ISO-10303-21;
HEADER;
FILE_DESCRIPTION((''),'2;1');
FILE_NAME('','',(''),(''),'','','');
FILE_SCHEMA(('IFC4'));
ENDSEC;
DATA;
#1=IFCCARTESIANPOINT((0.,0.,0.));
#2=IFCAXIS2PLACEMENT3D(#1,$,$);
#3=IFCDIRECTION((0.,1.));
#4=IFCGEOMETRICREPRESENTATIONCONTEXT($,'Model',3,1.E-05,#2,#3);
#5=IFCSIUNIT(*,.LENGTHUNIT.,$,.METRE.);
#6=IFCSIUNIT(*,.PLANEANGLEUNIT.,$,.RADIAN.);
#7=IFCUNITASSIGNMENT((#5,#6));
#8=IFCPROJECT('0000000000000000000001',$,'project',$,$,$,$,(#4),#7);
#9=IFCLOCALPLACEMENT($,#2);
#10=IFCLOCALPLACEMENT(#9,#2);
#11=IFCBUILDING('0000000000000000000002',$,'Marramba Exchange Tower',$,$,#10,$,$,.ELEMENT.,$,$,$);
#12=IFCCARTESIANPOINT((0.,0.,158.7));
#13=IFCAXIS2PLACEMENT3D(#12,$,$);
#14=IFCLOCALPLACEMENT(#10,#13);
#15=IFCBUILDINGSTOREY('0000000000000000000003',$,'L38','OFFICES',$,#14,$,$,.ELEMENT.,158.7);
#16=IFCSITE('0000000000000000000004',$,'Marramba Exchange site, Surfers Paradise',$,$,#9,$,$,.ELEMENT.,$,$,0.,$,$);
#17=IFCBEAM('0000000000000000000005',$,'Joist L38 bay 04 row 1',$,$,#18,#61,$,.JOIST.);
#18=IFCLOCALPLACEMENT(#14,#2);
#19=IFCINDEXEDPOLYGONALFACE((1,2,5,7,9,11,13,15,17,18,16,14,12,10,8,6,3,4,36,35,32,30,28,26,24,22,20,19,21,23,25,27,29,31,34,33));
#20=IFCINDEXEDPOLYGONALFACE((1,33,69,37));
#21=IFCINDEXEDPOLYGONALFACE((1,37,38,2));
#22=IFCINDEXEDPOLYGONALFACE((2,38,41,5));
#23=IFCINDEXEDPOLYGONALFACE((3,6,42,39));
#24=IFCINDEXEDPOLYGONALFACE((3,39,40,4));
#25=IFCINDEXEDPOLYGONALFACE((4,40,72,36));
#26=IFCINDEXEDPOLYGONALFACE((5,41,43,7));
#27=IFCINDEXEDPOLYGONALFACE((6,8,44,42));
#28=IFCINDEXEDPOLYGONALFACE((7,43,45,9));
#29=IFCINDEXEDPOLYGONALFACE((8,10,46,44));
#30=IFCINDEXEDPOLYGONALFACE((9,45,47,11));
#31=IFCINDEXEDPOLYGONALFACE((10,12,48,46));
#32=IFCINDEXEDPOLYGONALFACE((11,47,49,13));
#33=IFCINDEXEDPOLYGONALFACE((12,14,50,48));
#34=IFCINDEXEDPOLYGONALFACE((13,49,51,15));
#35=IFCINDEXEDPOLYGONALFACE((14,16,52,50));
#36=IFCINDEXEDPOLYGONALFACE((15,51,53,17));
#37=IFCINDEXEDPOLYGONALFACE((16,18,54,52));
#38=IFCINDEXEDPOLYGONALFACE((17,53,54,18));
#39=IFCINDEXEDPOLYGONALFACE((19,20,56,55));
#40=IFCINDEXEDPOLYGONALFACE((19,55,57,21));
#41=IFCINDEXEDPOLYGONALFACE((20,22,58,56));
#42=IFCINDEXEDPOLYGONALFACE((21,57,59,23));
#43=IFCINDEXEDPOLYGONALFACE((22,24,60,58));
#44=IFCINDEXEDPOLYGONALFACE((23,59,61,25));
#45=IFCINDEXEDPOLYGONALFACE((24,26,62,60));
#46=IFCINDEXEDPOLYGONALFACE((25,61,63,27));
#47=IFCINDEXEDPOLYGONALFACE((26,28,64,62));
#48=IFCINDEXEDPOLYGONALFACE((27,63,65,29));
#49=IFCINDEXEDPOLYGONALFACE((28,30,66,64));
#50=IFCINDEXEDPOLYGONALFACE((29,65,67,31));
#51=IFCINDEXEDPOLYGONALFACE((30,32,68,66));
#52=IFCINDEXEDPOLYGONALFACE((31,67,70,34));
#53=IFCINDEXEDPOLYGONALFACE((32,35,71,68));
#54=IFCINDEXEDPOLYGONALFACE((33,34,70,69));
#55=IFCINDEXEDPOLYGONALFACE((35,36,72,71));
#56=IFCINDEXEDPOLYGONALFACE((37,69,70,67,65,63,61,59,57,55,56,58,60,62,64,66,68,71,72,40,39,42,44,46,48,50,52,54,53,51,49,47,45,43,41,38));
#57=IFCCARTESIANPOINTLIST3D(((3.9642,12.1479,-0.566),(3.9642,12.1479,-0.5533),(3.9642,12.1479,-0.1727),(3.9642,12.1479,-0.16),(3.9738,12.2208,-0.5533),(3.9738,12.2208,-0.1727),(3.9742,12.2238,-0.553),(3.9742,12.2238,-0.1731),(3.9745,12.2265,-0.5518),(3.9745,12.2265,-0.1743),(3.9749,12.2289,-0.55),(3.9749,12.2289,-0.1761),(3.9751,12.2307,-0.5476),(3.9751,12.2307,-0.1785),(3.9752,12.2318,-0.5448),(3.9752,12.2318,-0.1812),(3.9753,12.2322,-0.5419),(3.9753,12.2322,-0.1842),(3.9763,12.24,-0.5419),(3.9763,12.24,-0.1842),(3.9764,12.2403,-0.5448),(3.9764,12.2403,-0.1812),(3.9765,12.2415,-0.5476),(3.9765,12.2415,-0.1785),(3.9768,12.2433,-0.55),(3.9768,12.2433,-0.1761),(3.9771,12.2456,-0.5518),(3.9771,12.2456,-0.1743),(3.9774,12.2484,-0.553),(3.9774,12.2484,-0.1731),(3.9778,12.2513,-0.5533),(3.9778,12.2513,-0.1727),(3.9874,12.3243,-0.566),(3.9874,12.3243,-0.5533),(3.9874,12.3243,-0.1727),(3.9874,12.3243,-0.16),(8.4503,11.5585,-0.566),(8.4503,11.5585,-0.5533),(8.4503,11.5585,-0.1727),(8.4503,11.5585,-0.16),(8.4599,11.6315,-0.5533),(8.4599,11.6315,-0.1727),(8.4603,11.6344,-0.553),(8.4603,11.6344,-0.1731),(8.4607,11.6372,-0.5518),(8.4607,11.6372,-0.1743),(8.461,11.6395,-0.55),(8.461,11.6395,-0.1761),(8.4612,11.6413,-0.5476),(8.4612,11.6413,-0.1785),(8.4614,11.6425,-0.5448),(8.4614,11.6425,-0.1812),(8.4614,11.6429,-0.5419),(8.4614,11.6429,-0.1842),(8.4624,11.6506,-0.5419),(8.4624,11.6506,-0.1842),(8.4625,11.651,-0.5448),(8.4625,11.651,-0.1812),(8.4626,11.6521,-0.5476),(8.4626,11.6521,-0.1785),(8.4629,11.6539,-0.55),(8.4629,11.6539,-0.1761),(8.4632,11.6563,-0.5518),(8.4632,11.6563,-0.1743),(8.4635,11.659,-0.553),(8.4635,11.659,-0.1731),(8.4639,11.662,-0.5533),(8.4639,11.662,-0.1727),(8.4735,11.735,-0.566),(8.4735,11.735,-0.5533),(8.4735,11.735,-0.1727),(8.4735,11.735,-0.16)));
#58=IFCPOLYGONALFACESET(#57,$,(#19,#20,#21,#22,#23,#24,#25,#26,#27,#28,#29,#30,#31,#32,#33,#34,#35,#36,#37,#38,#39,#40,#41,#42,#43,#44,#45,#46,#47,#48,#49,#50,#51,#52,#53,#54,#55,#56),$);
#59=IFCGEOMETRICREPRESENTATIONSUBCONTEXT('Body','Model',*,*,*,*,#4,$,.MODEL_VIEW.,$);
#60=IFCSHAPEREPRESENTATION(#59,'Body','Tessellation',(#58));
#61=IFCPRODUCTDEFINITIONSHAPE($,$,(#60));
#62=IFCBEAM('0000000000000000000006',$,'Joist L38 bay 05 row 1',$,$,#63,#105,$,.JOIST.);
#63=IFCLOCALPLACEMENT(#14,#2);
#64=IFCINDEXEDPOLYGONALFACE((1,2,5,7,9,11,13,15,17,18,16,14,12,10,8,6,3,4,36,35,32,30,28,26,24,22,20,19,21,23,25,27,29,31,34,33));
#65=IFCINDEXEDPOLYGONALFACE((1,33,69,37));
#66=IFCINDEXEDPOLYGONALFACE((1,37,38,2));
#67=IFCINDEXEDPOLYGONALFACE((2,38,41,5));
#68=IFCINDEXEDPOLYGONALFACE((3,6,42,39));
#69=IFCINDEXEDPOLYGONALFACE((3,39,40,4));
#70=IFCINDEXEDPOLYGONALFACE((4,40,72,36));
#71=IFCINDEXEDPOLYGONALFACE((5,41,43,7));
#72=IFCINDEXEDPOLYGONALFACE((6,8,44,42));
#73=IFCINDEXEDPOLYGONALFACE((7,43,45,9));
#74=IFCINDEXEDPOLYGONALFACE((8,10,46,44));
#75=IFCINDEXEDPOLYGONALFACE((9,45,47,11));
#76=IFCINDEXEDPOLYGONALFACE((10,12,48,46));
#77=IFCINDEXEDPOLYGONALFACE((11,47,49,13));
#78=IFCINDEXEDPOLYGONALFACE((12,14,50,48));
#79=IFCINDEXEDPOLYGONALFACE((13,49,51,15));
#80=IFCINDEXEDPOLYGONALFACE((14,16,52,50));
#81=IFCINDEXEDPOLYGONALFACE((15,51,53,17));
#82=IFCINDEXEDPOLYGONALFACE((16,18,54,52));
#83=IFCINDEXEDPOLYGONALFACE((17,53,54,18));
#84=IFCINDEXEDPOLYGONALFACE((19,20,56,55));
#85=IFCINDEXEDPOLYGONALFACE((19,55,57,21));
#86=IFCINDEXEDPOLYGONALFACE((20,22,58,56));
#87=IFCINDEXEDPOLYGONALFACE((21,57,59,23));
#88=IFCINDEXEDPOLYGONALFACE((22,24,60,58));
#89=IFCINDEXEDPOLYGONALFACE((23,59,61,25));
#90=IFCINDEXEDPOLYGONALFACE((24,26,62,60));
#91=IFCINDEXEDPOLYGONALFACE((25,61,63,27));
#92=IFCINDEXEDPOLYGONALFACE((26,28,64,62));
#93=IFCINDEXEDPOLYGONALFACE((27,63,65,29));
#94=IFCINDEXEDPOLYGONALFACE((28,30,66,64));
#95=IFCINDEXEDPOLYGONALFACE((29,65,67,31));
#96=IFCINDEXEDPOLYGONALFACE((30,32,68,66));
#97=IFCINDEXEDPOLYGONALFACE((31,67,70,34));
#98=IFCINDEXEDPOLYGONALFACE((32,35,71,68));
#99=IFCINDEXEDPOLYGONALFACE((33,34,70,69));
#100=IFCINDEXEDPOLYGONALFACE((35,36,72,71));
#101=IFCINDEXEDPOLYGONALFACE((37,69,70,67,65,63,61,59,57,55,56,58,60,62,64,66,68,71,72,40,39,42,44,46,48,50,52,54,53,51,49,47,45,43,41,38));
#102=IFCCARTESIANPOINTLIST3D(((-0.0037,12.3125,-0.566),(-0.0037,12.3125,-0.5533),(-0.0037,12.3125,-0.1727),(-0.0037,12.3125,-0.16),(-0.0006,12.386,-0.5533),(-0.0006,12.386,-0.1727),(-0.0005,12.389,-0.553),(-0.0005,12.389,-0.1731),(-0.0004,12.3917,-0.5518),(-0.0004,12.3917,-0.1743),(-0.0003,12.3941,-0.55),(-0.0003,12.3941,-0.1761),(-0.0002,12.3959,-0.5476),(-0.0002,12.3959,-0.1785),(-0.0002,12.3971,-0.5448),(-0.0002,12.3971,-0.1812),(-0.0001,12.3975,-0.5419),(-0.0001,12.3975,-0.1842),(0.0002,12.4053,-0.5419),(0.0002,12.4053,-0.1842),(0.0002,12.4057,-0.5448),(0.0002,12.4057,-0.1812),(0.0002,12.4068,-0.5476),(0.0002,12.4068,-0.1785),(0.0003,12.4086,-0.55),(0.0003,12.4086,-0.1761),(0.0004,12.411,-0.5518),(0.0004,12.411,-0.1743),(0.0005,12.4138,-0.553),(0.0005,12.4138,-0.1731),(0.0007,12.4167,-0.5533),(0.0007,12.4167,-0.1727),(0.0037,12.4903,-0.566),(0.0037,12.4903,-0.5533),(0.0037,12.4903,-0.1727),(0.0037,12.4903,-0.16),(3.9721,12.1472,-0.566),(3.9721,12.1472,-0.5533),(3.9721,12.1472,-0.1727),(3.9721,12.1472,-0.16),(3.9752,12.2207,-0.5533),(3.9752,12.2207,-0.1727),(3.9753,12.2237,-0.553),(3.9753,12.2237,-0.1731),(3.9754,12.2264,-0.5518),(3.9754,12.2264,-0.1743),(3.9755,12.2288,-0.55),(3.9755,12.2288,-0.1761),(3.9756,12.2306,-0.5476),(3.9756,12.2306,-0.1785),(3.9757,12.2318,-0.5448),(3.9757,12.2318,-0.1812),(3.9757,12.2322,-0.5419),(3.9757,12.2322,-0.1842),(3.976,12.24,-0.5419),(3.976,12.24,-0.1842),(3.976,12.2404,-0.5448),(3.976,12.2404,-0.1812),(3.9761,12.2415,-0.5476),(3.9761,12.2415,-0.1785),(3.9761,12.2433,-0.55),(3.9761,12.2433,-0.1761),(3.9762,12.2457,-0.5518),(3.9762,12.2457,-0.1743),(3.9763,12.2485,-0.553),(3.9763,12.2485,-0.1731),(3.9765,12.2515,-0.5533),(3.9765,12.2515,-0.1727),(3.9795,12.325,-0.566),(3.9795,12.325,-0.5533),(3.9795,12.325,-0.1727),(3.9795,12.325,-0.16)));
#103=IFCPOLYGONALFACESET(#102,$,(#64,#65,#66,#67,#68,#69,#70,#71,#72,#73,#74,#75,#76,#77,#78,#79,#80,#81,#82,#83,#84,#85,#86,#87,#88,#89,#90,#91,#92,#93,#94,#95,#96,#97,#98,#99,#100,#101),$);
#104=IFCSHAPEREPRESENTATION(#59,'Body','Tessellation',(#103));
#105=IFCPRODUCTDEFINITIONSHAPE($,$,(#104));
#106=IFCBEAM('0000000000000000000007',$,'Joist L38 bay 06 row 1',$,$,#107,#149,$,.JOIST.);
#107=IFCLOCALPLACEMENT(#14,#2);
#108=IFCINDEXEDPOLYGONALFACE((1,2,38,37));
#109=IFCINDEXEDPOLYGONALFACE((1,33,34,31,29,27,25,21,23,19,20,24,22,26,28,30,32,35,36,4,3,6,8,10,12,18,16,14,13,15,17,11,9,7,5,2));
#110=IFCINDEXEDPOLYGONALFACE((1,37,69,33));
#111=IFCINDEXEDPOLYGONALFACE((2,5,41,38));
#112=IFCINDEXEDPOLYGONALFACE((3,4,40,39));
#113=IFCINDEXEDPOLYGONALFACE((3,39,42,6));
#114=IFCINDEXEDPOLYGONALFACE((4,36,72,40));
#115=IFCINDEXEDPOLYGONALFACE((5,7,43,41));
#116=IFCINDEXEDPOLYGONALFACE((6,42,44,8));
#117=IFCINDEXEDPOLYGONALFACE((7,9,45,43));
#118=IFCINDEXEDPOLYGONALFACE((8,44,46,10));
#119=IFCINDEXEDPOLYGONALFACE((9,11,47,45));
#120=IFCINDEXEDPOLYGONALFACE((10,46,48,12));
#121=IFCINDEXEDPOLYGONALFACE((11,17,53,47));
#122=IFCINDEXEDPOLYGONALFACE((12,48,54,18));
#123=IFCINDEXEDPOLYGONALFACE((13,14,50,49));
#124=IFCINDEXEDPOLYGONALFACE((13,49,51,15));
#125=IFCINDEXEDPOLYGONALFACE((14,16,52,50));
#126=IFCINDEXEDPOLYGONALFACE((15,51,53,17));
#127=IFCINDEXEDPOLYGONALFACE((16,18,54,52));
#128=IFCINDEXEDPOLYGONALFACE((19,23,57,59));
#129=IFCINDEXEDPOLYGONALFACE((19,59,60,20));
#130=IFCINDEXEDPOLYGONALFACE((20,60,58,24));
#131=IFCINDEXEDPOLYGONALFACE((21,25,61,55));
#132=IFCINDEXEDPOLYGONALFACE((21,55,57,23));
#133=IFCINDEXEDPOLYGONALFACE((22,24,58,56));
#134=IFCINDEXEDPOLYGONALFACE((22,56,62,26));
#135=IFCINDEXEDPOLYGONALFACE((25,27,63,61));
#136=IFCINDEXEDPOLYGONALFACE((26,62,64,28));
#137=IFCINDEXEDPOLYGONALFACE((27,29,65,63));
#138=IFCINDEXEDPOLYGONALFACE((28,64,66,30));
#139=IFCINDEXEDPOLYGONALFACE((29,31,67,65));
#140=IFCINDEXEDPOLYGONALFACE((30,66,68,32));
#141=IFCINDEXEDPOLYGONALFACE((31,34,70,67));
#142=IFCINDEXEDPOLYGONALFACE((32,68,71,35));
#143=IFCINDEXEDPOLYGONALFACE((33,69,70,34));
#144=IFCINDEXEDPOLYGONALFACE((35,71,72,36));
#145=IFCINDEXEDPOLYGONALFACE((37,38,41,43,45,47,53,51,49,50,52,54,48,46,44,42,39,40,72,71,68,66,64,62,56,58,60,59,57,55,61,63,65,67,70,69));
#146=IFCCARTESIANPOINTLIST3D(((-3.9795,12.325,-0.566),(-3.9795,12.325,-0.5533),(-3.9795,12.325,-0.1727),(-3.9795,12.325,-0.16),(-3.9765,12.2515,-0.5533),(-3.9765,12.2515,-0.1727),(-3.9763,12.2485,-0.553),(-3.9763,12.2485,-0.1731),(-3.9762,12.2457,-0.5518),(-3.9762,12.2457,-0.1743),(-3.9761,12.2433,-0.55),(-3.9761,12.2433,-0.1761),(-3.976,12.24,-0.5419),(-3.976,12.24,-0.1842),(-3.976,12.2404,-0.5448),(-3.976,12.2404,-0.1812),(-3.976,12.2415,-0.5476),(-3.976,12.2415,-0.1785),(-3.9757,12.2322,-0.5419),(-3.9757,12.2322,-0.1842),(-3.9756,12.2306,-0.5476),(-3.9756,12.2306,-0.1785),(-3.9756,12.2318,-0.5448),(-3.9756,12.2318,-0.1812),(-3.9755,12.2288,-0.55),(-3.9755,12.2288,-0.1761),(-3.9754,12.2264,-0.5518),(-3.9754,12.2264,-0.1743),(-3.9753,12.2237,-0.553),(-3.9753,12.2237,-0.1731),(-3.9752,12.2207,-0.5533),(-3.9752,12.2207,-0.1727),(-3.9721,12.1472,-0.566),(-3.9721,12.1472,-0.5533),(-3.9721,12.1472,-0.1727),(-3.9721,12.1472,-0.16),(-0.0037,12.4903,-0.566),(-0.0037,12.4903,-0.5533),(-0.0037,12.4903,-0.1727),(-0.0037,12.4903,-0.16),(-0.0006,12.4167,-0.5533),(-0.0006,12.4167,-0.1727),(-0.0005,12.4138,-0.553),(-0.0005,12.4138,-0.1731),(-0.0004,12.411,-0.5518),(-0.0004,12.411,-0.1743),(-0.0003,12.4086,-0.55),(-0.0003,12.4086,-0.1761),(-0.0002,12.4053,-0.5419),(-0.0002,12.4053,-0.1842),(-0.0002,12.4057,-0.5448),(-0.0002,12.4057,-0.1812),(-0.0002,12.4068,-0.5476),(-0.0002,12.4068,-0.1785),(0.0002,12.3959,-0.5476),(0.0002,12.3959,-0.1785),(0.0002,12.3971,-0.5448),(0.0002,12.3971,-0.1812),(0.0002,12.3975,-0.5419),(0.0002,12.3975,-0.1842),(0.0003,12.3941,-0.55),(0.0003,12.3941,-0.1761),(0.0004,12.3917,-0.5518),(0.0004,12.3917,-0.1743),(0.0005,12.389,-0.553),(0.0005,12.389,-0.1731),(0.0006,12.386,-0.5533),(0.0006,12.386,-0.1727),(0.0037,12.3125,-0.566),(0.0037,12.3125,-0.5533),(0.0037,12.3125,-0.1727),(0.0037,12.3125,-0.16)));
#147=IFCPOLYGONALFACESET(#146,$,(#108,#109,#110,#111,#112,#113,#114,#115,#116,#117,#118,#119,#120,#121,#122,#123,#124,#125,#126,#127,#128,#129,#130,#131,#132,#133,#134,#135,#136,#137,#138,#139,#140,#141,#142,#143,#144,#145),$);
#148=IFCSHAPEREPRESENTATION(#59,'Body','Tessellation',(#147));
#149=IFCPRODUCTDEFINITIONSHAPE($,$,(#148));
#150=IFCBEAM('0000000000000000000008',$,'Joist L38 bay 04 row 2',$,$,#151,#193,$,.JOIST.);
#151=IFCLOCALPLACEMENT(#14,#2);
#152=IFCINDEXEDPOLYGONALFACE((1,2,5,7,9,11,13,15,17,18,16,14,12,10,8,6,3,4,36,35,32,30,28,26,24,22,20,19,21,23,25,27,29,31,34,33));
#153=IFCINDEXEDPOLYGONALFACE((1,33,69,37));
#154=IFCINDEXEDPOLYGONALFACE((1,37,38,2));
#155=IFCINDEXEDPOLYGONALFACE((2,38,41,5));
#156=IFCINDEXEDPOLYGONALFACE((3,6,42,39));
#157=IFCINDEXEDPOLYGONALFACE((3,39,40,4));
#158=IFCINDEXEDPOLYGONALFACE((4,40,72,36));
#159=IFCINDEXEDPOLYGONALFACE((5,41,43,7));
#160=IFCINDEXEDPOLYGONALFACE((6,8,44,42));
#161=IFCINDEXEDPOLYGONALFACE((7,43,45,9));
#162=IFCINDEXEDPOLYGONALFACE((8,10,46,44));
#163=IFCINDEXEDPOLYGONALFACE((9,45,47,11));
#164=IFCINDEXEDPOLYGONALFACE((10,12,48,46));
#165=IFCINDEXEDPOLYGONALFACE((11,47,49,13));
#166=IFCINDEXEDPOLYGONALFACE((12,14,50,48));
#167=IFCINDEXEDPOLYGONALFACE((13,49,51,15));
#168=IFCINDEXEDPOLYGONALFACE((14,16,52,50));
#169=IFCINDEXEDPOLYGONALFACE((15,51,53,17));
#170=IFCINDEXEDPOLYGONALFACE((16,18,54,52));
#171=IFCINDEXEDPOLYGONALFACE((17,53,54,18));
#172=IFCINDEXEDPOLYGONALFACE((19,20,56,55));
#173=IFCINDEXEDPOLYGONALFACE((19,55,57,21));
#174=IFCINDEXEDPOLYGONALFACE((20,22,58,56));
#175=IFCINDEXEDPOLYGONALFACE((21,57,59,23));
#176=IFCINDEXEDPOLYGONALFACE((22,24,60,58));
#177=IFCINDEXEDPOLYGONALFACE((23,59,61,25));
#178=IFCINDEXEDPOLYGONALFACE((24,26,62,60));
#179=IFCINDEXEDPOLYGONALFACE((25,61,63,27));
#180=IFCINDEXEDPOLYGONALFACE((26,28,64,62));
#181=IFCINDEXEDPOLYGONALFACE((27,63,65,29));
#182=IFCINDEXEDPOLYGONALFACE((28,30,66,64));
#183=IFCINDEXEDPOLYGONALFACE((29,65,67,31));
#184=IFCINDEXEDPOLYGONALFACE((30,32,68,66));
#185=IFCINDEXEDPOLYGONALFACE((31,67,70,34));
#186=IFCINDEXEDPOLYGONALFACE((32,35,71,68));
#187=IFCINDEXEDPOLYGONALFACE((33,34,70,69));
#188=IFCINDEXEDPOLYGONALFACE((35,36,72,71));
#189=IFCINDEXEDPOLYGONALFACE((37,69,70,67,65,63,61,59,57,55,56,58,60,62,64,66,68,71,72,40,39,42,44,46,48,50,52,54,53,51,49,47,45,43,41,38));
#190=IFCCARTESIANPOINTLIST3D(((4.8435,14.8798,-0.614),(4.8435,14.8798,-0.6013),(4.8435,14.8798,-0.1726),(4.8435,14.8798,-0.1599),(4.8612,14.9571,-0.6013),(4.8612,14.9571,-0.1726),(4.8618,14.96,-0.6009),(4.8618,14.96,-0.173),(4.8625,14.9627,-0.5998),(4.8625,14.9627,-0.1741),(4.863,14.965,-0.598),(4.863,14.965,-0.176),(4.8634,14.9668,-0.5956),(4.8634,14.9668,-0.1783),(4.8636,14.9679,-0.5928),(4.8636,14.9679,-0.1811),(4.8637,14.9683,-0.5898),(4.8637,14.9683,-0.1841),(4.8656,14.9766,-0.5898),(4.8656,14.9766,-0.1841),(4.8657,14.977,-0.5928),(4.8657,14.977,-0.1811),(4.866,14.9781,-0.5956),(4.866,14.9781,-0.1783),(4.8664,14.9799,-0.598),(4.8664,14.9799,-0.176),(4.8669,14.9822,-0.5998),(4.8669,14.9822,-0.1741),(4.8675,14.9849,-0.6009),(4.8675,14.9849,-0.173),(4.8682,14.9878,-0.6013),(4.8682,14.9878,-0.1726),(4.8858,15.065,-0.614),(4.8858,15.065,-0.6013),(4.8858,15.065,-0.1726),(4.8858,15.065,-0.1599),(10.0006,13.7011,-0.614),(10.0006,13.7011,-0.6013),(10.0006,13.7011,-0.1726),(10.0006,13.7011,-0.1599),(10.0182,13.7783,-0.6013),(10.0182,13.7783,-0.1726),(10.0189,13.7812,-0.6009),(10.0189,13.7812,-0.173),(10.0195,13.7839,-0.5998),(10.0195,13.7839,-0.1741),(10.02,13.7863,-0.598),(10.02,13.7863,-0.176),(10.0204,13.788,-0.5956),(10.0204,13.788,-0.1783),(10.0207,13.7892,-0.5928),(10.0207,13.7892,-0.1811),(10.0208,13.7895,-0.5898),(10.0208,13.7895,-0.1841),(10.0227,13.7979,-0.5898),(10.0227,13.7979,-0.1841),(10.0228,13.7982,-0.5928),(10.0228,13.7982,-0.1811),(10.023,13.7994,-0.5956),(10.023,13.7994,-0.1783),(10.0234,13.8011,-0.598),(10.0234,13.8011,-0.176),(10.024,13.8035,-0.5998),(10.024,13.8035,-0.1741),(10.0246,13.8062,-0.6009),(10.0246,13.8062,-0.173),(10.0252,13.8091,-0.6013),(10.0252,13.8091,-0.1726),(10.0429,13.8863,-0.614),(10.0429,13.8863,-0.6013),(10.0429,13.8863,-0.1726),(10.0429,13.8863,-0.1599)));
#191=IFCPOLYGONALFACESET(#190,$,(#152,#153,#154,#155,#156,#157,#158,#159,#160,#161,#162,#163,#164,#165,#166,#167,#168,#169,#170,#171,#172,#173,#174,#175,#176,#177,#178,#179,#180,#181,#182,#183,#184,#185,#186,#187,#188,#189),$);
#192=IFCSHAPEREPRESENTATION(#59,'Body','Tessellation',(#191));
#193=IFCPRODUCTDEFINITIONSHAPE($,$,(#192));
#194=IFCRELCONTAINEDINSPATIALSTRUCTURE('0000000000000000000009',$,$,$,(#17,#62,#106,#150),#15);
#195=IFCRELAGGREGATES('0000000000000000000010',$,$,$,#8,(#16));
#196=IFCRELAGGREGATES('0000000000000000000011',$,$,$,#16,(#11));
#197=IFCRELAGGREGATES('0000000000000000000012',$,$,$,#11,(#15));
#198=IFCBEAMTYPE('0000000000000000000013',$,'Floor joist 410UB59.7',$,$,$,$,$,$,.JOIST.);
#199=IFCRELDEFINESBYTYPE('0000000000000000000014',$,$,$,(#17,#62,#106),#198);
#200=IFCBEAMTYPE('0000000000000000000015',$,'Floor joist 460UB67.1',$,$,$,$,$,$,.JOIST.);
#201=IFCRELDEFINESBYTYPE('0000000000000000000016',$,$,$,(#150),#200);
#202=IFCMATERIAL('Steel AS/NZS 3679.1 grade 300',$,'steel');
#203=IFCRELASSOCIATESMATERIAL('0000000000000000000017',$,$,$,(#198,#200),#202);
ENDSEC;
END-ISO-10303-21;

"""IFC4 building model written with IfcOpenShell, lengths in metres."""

from ifc_helpers import new_model, si_unit, direction, frame, origin, origin_2d, place, context, subcontext, project, spatial, i_section, extrude, material, material_profile, profile_set, type_object, element, save


model = new_model("IFC4")

# Units and contexts
model_context = context("Model", 3, precision=1e-05, world=origin(), true_north=direction((0.0, 1.0)))
body_context = subcontext(model_context, "Body", "Model", "MODEL_VIEW")
ifc_project = project(units=[si_unit("LENGTHUNIT", "METRE"), si_unit("PLANEANGLEUNIT", "RADIAN")], contexts=[model_context])

# Site, building, storey
site_placement = place(None, origin())
site = spatial("IfcSite", under=ifc_project, at=site_placement, Name="Marramba Exchange site, Surfers Paradise", CompositionType="ELEMENT", RefElevation=0.0)
building_placement = place(site_placement, origin())
building = spatial("IfcBuilding", under=site, at=building_placement, Name="Marramba Exchange Tower", CompositionType="ELEMENT")
storey_placement = place(building_placement, frame((0.0, 0.0, 158.7)))
storey = spatial("IfcBuildingStorey", under=building, at=storey_placement, Name="L38", Description="OFFICES", CompositionType="ELEMENT", Elevation=158.7)

# Beams
ifc_material_1 = material(Name="Steel AS/NZS 3679.1 grade 300", Category="steel")
ifc_material_profile_1 = material_profile(ifc_material_1, i_section(OverallWidth=0.178, OverallDepth=0.406, WebThickness=0.0078, FlangeThickness=0.0127, FilletRadius=0.0115, at=origin_2d()), Name="410UB59.7")
ifc_profile_set_1 = profile_set([ifc_material_profile_1], Name="Steel AS/NZS 3679.1 grade 300")
beam_type_1 = type_object("IfcBeamType", Name="Floor joist 410UB59.7", PredefinedType="JOIST", material=ifc_profile_set_1)
beam_1_placement = place(storey_placement, frame((8.4619, 11.6467, -0.363), z_axis=(-0.991481, 0.130255, 0.0), x_axis=(-0.130255, -0.991481, 0.0)))
element("IfcBeam", 1, at=beam_1_placement, inside=storey, type_object=beam_type_1, Name="Joist L38 bay 04 row 1", PredefinedType="JOIST", context=body_context, shape_type="SweptSolid", body=[
    extrude(i_section(OverallWidth=0.178, OverallDepth=0.406, WebThickness=0.0078, FlangeThickness=0.0127, FilletRadius=0.0115, at=origin_2d()), origin(), (0.0, 0.0, 1.0), 4.5247),
])
for number, where, z_axis, x_axis, name in (
    (2, (3.9758, 12.2361, -0.363), (-0.999137, 0.041536, 0.0), (-0.041536, -0.999137, 0.0), "Joist L38 bay 05 row 1"),
    (3, (0.0, 12.4014, -0.363), (-0.999137, -0.041536, 0.0), (0.041536, -0.999137, 0.0), "Joist L38 bay 06 row 1"),
):
    element("IfcBeam", number, at=place(storey_placement, frame(where, z_axis=z_axis, x_axis=x_axis)), inside=storey, type_object=beam_type_1, Name=name, PredefinedType="JOIST", context=body_context, shape_type="SweptSolid", body=[
        extrude(i_section(OverallWidth=0.178, OverallDepth=0.406, WebThickness=0.0078, FlangeThickness=0.0127, FilletRadius=0.0115, at=origin_2d()), origin(), (0.0, 0.0, 1.0), 3.9792),
    ])
ifc_material_profile_2 = material_profile(ifc_material_1, i_section(OverallWidth=0.1899, OverallDepth=0.4541, WebThickness=0.0085, FlangeThickness=0.0127, FilletRadius=0.0115, at=origin_2d()), Name="460UB67.1")
ifc_profile_set_2 = profile_set([ifc_material_profile_2], Name="Steel AS/NZS 3679.1 grade 300")
beam_type_2 = type_object("IfcBeamType", Name="Floor joist 460UB67.1", PredefinedType="JOIST", material=ifc_profile_set_2)
beam_2_placement = place(storey_placement, frame((10.0217, 13.7937, -0.387), z_axis=(-0.97486, 0.22282, 0.0), x_axis=(-0.22282, -0.97486, 0.0)))
element("IfcBeam", 4, at=beam_2_placement, inside=storey, type_object=beam_type_2, Name="Joist L38 bay 04 row 2", PredefinedType="JOIST", context=body_context, shape_type="SweptSolid", body=[
    extrude(i_section(OverallWidth=0.1899, OverallDepth=0.4541, WebThickness=0.0085, FlangeThickness=0.0127, FilletRadius=0.0115, at=origin_2d()), origin(), (0.0, 0.0, 1.0), 5.29),
])

save(model, "model.ifc")
